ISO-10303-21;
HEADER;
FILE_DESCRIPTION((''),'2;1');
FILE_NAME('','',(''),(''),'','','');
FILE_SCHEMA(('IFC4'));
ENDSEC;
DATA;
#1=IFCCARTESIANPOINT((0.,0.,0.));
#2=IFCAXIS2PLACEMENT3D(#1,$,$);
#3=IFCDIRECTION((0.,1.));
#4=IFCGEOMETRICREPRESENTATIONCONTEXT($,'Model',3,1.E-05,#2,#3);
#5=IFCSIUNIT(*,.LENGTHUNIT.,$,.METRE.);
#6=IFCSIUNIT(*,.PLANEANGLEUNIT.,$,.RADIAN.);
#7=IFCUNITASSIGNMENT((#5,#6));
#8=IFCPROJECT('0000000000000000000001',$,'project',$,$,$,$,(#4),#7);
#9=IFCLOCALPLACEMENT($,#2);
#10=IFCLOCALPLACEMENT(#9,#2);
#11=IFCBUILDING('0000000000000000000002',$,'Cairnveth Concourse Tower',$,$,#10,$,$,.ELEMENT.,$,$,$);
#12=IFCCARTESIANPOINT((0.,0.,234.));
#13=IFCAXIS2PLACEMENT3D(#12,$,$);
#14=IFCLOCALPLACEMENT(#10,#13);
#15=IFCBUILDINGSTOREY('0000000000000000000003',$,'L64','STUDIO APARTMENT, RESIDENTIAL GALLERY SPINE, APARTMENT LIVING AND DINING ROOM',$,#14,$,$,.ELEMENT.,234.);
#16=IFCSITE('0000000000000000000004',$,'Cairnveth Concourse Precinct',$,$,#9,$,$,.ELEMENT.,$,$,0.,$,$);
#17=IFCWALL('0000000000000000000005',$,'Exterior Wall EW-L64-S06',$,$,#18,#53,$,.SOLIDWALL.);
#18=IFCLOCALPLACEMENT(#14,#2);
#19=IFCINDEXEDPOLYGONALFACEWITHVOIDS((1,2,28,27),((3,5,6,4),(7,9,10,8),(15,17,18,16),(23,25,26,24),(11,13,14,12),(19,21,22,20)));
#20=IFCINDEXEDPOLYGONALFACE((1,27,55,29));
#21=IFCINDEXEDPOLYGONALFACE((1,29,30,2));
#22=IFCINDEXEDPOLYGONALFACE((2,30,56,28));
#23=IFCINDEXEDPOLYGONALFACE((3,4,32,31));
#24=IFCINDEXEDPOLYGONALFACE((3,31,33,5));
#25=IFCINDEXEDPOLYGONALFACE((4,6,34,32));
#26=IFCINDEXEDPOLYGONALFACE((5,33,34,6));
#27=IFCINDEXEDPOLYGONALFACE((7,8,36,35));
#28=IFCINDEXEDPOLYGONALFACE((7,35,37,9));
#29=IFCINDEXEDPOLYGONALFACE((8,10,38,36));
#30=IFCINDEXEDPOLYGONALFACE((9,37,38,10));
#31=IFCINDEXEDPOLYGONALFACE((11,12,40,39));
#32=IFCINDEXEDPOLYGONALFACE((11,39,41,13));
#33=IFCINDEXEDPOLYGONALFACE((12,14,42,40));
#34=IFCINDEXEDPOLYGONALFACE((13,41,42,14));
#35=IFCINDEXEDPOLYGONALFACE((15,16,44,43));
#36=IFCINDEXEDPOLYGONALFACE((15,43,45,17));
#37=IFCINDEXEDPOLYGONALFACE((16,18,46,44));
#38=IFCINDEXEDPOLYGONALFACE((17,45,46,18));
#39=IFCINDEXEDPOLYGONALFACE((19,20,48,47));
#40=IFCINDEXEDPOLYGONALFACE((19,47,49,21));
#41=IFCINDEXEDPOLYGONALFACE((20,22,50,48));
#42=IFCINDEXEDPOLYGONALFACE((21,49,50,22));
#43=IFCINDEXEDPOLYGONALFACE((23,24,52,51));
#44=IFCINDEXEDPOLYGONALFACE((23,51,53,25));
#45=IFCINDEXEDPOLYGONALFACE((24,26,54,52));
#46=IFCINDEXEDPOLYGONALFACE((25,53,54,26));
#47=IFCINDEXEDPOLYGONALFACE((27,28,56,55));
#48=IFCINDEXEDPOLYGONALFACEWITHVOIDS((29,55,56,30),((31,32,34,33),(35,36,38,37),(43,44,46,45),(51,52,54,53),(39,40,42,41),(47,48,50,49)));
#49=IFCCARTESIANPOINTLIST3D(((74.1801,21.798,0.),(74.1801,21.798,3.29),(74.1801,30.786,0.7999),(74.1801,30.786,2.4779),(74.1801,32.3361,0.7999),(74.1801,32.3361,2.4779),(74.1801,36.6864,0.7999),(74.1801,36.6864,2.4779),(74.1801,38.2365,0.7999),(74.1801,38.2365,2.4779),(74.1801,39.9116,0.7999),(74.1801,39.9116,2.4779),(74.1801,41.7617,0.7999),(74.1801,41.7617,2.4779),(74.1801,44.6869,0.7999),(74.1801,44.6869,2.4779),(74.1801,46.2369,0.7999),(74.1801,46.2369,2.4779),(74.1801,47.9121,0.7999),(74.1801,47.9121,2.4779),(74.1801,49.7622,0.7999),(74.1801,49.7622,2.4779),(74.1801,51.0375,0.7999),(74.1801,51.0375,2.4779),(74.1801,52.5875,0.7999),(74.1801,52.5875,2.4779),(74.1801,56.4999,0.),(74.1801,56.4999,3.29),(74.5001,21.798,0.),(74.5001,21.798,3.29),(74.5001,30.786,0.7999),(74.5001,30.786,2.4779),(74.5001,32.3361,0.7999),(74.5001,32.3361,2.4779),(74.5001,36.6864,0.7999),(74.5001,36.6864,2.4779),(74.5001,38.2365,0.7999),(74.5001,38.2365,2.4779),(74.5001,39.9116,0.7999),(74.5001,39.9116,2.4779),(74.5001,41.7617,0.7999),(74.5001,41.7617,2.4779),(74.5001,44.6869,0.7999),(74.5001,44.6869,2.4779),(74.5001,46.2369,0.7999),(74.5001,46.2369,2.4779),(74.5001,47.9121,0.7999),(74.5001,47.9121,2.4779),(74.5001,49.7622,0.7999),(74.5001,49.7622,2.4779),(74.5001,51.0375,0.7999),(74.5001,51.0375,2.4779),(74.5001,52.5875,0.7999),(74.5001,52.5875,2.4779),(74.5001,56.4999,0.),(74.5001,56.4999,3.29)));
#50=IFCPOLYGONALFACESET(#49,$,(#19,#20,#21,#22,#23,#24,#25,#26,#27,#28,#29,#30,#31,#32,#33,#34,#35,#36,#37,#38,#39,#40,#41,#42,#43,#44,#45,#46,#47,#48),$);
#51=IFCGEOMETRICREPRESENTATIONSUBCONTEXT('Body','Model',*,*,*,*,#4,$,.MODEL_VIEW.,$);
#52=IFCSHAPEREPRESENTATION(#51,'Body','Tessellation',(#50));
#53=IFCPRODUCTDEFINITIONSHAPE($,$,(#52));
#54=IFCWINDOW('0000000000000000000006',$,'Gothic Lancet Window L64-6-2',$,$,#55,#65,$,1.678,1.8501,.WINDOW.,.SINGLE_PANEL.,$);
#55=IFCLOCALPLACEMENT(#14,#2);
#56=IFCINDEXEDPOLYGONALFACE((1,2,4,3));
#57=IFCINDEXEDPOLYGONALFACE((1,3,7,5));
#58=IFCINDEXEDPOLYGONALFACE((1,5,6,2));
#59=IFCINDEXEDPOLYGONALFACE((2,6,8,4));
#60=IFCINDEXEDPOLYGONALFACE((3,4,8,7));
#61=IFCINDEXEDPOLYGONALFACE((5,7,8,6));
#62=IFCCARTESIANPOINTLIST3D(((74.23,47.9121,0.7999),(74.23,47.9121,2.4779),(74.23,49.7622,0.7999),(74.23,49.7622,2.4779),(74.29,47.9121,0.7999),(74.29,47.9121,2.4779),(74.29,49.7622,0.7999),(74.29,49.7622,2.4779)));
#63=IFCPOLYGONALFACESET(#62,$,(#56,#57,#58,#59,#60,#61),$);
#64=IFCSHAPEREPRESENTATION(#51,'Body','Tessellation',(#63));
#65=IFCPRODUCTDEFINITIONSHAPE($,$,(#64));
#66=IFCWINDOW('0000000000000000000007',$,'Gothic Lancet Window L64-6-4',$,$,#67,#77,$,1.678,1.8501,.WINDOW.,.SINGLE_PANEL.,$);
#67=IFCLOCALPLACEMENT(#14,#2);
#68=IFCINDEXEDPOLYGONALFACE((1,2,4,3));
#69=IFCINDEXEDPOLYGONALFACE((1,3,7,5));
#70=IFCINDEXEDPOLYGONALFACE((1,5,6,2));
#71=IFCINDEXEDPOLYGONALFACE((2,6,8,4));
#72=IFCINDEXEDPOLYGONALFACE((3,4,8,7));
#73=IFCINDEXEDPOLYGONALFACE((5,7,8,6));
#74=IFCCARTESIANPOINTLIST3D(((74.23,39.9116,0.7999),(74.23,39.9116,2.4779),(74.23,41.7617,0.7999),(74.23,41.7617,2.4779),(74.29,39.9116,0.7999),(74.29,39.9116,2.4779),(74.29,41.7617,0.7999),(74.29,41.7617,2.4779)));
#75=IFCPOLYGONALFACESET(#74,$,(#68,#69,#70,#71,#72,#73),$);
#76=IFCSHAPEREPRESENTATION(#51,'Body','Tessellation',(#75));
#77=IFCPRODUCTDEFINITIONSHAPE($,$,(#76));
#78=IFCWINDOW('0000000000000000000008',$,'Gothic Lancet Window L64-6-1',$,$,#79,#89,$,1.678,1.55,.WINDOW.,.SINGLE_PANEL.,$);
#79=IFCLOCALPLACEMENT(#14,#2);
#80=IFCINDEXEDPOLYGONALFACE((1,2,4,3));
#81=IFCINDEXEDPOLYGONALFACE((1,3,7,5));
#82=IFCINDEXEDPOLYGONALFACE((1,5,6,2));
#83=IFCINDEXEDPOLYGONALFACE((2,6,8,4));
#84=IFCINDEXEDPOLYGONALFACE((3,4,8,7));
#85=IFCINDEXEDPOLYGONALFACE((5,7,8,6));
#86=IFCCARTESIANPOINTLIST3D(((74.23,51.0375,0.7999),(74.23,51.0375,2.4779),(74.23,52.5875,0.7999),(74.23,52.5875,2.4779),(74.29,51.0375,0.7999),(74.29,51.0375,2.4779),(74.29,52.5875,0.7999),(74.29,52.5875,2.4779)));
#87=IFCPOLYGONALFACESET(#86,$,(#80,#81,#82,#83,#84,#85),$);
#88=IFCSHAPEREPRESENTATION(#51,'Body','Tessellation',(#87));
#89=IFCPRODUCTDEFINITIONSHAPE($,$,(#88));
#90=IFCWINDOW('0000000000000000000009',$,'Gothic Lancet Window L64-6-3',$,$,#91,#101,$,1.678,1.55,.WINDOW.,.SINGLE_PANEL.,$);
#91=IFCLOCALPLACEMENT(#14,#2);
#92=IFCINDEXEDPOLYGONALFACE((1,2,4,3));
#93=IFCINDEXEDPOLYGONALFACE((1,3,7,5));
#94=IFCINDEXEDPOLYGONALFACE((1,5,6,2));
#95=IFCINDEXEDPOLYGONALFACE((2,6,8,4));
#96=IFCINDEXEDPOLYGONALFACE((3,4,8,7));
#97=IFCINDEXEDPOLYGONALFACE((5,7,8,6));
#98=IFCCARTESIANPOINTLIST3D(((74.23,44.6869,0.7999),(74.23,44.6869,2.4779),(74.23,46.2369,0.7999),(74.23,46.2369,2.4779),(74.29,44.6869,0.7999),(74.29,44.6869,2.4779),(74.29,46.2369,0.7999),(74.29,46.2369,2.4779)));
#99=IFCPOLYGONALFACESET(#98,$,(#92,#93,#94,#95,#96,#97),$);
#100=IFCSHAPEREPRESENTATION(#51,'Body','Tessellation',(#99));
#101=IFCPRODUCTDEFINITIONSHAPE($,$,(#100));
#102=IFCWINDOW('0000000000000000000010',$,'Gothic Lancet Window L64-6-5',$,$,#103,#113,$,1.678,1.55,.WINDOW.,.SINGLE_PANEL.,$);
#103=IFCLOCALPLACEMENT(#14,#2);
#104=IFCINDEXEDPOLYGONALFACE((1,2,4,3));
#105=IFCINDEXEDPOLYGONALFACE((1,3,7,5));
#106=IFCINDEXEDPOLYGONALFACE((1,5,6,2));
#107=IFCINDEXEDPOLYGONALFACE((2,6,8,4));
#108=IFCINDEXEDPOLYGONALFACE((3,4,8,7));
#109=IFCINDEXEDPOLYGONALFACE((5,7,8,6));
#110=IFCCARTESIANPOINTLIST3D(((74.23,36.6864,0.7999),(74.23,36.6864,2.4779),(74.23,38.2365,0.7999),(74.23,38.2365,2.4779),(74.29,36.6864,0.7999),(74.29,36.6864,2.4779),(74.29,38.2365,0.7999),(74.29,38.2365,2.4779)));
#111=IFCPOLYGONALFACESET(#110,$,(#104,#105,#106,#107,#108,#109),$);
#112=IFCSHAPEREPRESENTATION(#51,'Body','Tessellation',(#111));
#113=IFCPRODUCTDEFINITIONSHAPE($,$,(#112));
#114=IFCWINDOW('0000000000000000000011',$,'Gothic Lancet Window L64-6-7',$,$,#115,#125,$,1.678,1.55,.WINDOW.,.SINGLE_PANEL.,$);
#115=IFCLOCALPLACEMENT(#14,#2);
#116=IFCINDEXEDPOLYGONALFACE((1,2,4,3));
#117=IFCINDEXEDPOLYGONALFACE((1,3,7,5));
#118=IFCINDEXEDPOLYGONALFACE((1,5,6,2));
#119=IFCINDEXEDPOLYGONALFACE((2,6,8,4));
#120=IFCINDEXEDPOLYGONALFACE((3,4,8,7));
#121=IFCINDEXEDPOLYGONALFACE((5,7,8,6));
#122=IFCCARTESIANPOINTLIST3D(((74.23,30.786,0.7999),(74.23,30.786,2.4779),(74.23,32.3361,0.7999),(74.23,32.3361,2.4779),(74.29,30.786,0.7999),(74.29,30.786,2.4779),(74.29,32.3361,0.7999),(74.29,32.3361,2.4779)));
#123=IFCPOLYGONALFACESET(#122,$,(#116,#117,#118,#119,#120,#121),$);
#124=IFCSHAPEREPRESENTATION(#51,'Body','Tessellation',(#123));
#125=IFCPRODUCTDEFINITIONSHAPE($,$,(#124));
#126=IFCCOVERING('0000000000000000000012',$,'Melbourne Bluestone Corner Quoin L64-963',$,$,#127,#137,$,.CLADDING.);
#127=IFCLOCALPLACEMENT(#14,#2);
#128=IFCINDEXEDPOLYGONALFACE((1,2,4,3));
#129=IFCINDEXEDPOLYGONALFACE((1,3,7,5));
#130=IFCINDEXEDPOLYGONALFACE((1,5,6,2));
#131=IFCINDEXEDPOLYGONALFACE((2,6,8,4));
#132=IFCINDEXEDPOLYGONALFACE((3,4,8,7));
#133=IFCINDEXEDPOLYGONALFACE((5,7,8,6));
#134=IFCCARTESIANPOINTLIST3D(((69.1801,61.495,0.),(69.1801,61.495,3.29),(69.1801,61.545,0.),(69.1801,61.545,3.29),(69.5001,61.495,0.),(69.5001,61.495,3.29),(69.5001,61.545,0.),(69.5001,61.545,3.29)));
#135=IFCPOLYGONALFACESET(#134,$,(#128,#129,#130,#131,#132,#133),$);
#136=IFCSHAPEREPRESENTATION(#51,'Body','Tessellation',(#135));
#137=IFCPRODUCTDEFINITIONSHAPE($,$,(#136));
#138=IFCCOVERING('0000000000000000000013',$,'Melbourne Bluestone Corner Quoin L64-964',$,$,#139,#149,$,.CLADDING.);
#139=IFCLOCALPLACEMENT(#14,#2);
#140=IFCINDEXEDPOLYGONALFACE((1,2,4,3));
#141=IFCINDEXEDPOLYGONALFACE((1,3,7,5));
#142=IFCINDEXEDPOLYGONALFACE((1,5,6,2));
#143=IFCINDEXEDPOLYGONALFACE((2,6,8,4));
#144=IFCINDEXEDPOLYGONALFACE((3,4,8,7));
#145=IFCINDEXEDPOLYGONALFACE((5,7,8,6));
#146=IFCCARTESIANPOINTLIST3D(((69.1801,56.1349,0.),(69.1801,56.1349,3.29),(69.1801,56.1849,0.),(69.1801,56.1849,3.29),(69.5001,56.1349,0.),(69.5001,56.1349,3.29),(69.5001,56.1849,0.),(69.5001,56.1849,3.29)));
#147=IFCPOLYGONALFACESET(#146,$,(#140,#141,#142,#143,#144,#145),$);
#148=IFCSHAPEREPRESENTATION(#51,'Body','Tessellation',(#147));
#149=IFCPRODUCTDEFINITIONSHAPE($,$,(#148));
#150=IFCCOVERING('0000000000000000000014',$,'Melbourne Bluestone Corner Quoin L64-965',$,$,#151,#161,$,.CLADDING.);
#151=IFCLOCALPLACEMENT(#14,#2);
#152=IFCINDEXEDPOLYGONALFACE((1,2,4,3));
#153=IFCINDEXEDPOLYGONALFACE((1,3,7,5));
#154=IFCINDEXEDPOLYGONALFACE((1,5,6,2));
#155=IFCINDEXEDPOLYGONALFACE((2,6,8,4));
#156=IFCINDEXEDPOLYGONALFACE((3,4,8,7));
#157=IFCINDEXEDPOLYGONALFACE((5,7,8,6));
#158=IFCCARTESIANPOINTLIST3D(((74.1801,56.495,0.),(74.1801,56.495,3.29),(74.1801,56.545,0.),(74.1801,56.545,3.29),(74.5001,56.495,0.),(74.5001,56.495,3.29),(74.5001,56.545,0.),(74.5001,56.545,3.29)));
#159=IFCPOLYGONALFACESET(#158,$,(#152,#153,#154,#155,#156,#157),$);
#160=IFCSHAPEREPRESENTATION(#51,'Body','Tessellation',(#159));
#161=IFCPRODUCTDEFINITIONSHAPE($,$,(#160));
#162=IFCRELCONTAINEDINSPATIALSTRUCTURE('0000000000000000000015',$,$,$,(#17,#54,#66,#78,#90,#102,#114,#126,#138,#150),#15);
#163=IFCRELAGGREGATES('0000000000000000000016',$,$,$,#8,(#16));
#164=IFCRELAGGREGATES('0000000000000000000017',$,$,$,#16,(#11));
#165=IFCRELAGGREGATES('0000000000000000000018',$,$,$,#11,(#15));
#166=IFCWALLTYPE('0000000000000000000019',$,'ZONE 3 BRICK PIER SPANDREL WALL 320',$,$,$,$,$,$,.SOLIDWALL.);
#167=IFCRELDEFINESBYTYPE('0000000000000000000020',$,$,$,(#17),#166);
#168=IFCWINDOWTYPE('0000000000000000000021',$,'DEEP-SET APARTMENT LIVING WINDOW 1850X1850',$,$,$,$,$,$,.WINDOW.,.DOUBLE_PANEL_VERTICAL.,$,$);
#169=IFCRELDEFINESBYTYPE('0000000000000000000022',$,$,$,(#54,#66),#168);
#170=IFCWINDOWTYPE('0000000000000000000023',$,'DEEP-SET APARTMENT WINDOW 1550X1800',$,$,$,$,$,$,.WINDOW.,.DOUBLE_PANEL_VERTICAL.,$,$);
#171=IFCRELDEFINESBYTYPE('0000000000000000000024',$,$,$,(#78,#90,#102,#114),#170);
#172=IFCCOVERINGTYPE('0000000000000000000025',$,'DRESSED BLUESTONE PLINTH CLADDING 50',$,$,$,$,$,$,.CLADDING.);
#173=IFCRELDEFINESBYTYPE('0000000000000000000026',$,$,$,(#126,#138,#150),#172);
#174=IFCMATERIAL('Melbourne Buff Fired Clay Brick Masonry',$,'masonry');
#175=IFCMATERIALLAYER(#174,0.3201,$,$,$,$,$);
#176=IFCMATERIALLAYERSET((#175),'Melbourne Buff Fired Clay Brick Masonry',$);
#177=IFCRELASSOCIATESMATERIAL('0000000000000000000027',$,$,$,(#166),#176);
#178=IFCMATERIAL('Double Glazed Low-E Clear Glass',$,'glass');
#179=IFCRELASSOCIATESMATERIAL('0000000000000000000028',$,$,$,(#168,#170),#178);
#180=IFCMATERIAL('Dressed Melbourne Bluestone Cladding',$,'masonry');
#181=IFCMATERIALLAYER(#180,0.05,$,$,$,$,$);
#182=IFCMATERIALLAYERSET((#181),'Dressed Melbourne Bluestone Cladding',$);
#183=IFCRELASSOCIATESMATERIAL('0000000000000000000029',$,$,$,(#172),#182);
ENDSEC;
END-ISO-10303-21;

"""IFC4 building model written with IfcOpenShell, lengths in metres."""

from ifc_helpers import new_model, si_unit, direction, frame, frame_2d, origin, place, context, subcontext, project, spatial, rectangle, extrude, material, layer, layer_set, type_object, element, fill, save


model = new_model("IFC4")

# Units and contexts
model_context = context("Model", 3, precision=1e-05, world=origin(), true_north=direction((0.0, 1.0)))
body_context = subcontext(model_context, "Body", "Model", "MODEL_VIEW")
ifc_project = project(units=[si_unit("LENGTHUNIT", "METRE"), si_unit("PLANEANGLEUNIT", "RADIAN")], contexts=[model_context])

# Site, building, storey
site_placement = place(None, origin())
site = spatial("IfcSite", under=ifc_project, at=site_placement, Name="Cairnveth Concourse Precinct", CompositionType="ELEMENT", RefElevation=0.0)
building_placement = place(site_placement, origin())
building = spatial("IfcBuilding", under=site, at=building_placement, Name="Cairnveth Concourse Tower", CompositionType="ELEMENT")
storey_placement = place(building_placement, frame((0.0, 0.0, 234.0)))
storey = spatial("IfcBuildingStorey", under=building, at=storey_placement, Name="L64", Description="STUDIO APARTMENT, RESIDENTIAL GALLERY SPINE, APARTMENT LIVING AND DINING ROOM", CompositionType="ELEMENT", Elevation=234.0)

# Shared definitions
ifc_material_1 = material(Name="Melbourne Buff Fired Clay Brick Masonry", Category="masonry")
ifc_layer_1 = layer(ifc_material_1, 0.3201)
ifc_layer_set_1 = layer_set([ifc_layer_1], Name="Melbourne Buff Fired Clay Brick Masonry")
wall_type_1 = type_object("IfcWallType", Name="ZONE 3 BRICK PIER SPANDREL WALL 320", PredefinedType="SOLIDWALL", material=ifc_layer_set_1)
ifc_material_2 = material(Name="Double Glazed Low-E Clear Glass", Category="glass")

# Wall, openings, windows
wall_1_placement = place(storey_placement, frame((74.3401, 56.5, 0.0), z_axis=(0.0, 0.0, 1.0), x_axis=(0.0, -1.0, 0.0)))
wall_1 = element("IfcWall", 1, at=wall_1_placement, inside=storey, type_object=wall_type_1, Name="Exterior Wall EW-L64-S06", PredefinedType="SOLIDWALL", context=body_context, shape_type="SweptSolid", body=[
    extrude(rectangle(XDim=34.7019, YDim=0.3201, at=frame_2d((17.3511, 0.0))), origin(), (0.0, 0.0, 1.0), 3.29),
])
opening_1_placement = place(wall_1_placement, frame((3.9126, 0.0, 0.8)))
opening_1 = element("IfcOpeningElement", 2, at=opening_1_placement, cuts=wall_1, PredefinedType="OPENING", context=body_context, shape_type="SweptSolid", body=[
    extrude(rectangle(XDim=1.55, YDim=1.678, at=frame_2d((0.7749, 0.8389))), frame((0.0, 0.1699, 0.0), z_axis=(0.0, -1.0, 0.0), x_axis=(1.0, 0.0, 0.0)), (0.0, 0.0, 1.0), 0.3401),
])
opening_2_placement = place(wall_1_placement, frame((6.7378, 0.0, 0.8)))
opening_2 = element("IfcOpeningElement", 3, at=opening_2_placement, cuts=wall_1, PredefinedType="OPENING", context=body_context, shape_type="SweptSolid", body=[
    extrude(rectangle(XDim=1.8501, YDim=1.678, at=frame_2d((0.925, 0.8389))), frame((0.0, 0.1699, 0.0), z_axis=(0.0, -1.0, 0.0), x_axis=(1.0, 0.0, 0.0)), (0.0, 0.0, 1.0), 0.3401),
])
opening_3_placement = place(wall_1_placement, frame((10.2632, 0.0, 0.8)))
opening_3 = element("IfcOpeningElement", 4, at=opening_3_placement, cuts=wall_1, PredefinedType="OPENING", context=body_context, shape_type="SweptSolid", body=[
    extrude(rectangle(XDim=1.55, YDim=1.678, at=frame_2d((0.7749, 0.8389))), frame((0.0, 0.1699, 0.0), z_axis=(0.0, -1.0, 0.0), x_axis=(1.0, 0.0, 0.0)), (0.0, 0.0, 1.0), 0.3401),
])
opening_4_placement = place(wall_1_placement, frame((14.7383, 0.0, 0.8)))
opening_4 = element("IfcOpeningElement", 5, at=opening_4_placement, cuts=wall_1, PredefinedType="OPENING", context=body_context, shape_type="SweptSolid", body=[
    extrude(rectangle(XDim=1.8501, YDim=1.678, at=frame_2d((0.925, 0.8389))), frame((0.0, 0.1699, 0.0), z_axis=(0.0, -1.0, 0.0), x_axis=(1.0, 0.0, 0.0)), (0.0, 0.0, 1.0), 0.3401),
])
opening_5_placement = place(wall_1_placement, frame((18.2637, 0.0, 0.8)))
opening_5 = element("IfcOpeningElement", 6, at=opening_5_placement, cuts=wall_1, PredefinedType="OPENING", context=body_context, shape_type="SweptSolid", body=[
    extrude(rectangle(XDim=1.55, YDim=1.678, at=frame_2d((0.7749, 0.8389))), frame((0.0, 0.1699, 0.0), z_axis=(0.0, -1.0, 0.0), x_axis=(1.0, 0.0, 0.0)), (0.0, 0.0, 1.0), 0.3401),
])
opening_6_placement = place(wall_1_placement, frame((24.1641, 0.0, 0.8)))
opening_6 = element("IfcOpeningElement", 7, at=opening_6_placement, cuts=wall_1, PredefinedType="OPENING", context=body_context, shape_type="SweptSolid", body=[
    extrude(rectangle(XDim=1.55, YDim=1.678, at=frame_2d((0.7749, 0.8389))), frame((0.0, 0.1699, 0.0), z_axis=(0.0, -1.0, 0.0), x_axis=(1.0, 0.0, 0.0)), (0.0, 0.0, 1.0), 0.3401),
])
window_type_1 = type_object("IfcWindowType", Name="DEEP-SET APARTMENT LIVING WINDOW 1850X1850", PartitioningType="DOUBLE_PANEL_VERTICAL", PredefinedType="WINDOW", material=ifc_material_2)
window_1_placement = place(opening_2_placement, origin())
window_1 = element("IfcWindow", 8, at=window_1_placement, inside=storey, type_object=window_type_1, Name="Gothic Lancet Window L64-6-2", OverallHeight=1.678, OverallWidth=1.8501, PartitioningType="SINGLE_PANEL", PredefinedType="WINDOW", context=body_context, shape_type="SweptSolid", body=[
    extrude(rectangle(XDim=1.8501, YDim=1.678, at=frame_2d((0.925, 0.8389))), frame((0.0, -0.05, 0.0), z_axis=(0.0, -1.0, 0.0), x_axis=(1.0, 0.0, 0.0)), (0.0, 0.0, 1.0), 0.0601),
])
fill(opening_2, window_1)
window_2_placement = place(opening_4_placement, origin())
window_2 = element("IfcWindow", 9, at=window_2_placement, inside=storey, type_object=window_type_1, Name="Gothic Lancet Window L64-6-4", OverallHeight=1.678, OverallWidth=1.8501, PartitioningType="SINGLE_PANEL", PredefinedType="WINDOW", context=body_context, shape_type="SweptSolid", body=[
    extrude(rectangle(XDim=1.8501, YDim=1.678, at=frame_2d((0.925, 0.8389))), frame((0.0, -0.05, 0.0), z_axis=(0.0, -1.0, 0.0), x_axis=(1.0, 0.0, 0.0)), (0.0, 0.0, 1.0), 0.0601),
])
fill(opening_4, window_2)
window_type_2 = type_object("IfcWindowType", Name="DEEP-SET APARTMENT WINDOW 1550X1800", PartitioningType="DOUBLE_PANEL_VERTICAL", PredefinedType="WINDOW", material=ifc_material_2)
window_3_placement = place(opening_1_placement, origin())
window_3 = element("IfcWindow", 10, at=window_3_placement, inside=storey, type_object=window_type_2, Name="Gothic Lancet Window L64-6-1", OverallHeight=1.678, OverallWidth=1.55, PartitioningType="SINGLE_PANEL", PredefinedType="WINDOW", context=body_context, shape_type="SweptSolid", body=[
    extrude(rectangle(XDim=1.55, YDim=1.678, at=frame_2d((0.7749, 0.8389))), frame((0.0, -0.05, 0.0), z_axis=(0.0, -1.0, 0.0), x_axis=(1.0, 0.0, 0.0)), (0.0, 0.0, 1.0), 0.0601),
])
fill(opening_1, window_3)
window_4_placement = place(opening_3_placement, origin())
window_4 = element("IfcWindow", 11, at=window_4_placement, inside=storey, type_object=window_type_2, Name="Gothic Lancet Window L64-6-3", OverallHeight=1.678, OverallWidth=1.55, PartitioningType="SINGLE_PANEL", PredefinedType="WINDOW", context=body_context, shape_type="SweptSolid", body=[
    extrude(rectangle(XDim=1.55, YDim=1.678, at=frame_2d((0.7749, 0.8389))), frame((0.0, -0.05, 0.0), z_axis=(0.0, -1.0, 0.0), x_axis=(1.0, 0.0, 0.0)), (0.0, 0.0, 1.0), 0.0601),
])
fill(opening_3, window_4)
window_5_placement = place(opening_5_placement, origin())
window_5 = element("IfcWindow", 12, at=window_5_placement, inside=storey, type_object=window_type_2, Name="Gothic Lancet Window L64-6-5", OverallHeight=1.678, OverallWidth=1.55, PartitioningType="SINGLE_PANEL", PredefinedType="WINDOW", context=body_context, shape_type="SweptSolid", body=[
    extrude(rectangle(XDim=1.55, YDim=1.678, at=frame_2d((0.7749, 0.8389))), frame((0.0, -0.05, 0.0), z_axis=(0.0, -1.0, 0.0), x_axis=(1.0, 0.0, 0.0)), (0.0, 0.0, 1.0), 0.0601),
])
fill(opening_5, window_5)
window_6_placement = place(opening_6_placement, origin())
window_6 = element("IfcWindow", 13, at=window_6_placement, inside=storey, type_object=window_type_2, Name="Gothic Lancet Window L64-6-7", OverallHeight=1.678, OverallWidth=1.55, PartitioningType="SINGLE_PANEL", PredefinedType="WINDOW", context=body_context, shape_type="SweptSolid", body=[
    extrude(rectangle(XDim=1.55, YDim=1.678, at=frame_2d((0.7749, 0.8389))), frame((0.0, -0.05, 0.0), z_axis=(0.0, -1.0, 0.0), x_axis=(1.0, 0.0, 0.0)), (0.0, 0.0, 1.0), 0.0601),
])
fill(opening_6, window_6)

# Coverings
ifc_material_3 = material(Name="Dressed Melbourne Bluestone Cladding", Category="masonry")
ifc_layer_2 = layer(ifc_material_3, 0.05)
ifc_layer_set_2 = layer_set([ifc_layer_2], Name="Dressed Melbourne Bluestone Cladding")
covering_type = type_object("IfcCoveringType", Name="DRESSED BLUESTONE PLINTH CLADDING 50", PredefinedType="CLADDING", material=ifc_layer_set_2)
for number, where, z_axis, x_axis, name in (
    (14, (69.1799, 61.52, 0.0), (0.0, 0.0, 1.0), (1.0, 0.0, 0.0), "Melbourne Bluestone Corner Quoin L64-963"),
    (15, (69.1799, 56.1599, 0.0), (0.0, 0.0, 1.0), (1.0, 0.0, 0.0), "Melbourne Bluestone Corner Quoin L64-964"),
    (16, (74.1799, 56.52, 0.0), (0.0, 0.0, 1.0), (1.0, 0.0, 0.0), "Melbourne Bluestone Corner Quoin L64-965"),
):
    element("IfcCovering", number, at=place(storey_placement, frame(where, z_axis=z_axis, x_axis=x_axis)), inside=storey, type_object=covering_type, Name=name, PredefinedType="CLADDING", context=body_context, shape_type="SweptSolid", body=[
        extrude(rectangle(XDim=0.3201, YDim=0.05, at=frame_2d((0.1602, 0.0))), origin(), (0.0, 0.0, 1.0), 3.29),
    ])

save(model, "model.ifc")
